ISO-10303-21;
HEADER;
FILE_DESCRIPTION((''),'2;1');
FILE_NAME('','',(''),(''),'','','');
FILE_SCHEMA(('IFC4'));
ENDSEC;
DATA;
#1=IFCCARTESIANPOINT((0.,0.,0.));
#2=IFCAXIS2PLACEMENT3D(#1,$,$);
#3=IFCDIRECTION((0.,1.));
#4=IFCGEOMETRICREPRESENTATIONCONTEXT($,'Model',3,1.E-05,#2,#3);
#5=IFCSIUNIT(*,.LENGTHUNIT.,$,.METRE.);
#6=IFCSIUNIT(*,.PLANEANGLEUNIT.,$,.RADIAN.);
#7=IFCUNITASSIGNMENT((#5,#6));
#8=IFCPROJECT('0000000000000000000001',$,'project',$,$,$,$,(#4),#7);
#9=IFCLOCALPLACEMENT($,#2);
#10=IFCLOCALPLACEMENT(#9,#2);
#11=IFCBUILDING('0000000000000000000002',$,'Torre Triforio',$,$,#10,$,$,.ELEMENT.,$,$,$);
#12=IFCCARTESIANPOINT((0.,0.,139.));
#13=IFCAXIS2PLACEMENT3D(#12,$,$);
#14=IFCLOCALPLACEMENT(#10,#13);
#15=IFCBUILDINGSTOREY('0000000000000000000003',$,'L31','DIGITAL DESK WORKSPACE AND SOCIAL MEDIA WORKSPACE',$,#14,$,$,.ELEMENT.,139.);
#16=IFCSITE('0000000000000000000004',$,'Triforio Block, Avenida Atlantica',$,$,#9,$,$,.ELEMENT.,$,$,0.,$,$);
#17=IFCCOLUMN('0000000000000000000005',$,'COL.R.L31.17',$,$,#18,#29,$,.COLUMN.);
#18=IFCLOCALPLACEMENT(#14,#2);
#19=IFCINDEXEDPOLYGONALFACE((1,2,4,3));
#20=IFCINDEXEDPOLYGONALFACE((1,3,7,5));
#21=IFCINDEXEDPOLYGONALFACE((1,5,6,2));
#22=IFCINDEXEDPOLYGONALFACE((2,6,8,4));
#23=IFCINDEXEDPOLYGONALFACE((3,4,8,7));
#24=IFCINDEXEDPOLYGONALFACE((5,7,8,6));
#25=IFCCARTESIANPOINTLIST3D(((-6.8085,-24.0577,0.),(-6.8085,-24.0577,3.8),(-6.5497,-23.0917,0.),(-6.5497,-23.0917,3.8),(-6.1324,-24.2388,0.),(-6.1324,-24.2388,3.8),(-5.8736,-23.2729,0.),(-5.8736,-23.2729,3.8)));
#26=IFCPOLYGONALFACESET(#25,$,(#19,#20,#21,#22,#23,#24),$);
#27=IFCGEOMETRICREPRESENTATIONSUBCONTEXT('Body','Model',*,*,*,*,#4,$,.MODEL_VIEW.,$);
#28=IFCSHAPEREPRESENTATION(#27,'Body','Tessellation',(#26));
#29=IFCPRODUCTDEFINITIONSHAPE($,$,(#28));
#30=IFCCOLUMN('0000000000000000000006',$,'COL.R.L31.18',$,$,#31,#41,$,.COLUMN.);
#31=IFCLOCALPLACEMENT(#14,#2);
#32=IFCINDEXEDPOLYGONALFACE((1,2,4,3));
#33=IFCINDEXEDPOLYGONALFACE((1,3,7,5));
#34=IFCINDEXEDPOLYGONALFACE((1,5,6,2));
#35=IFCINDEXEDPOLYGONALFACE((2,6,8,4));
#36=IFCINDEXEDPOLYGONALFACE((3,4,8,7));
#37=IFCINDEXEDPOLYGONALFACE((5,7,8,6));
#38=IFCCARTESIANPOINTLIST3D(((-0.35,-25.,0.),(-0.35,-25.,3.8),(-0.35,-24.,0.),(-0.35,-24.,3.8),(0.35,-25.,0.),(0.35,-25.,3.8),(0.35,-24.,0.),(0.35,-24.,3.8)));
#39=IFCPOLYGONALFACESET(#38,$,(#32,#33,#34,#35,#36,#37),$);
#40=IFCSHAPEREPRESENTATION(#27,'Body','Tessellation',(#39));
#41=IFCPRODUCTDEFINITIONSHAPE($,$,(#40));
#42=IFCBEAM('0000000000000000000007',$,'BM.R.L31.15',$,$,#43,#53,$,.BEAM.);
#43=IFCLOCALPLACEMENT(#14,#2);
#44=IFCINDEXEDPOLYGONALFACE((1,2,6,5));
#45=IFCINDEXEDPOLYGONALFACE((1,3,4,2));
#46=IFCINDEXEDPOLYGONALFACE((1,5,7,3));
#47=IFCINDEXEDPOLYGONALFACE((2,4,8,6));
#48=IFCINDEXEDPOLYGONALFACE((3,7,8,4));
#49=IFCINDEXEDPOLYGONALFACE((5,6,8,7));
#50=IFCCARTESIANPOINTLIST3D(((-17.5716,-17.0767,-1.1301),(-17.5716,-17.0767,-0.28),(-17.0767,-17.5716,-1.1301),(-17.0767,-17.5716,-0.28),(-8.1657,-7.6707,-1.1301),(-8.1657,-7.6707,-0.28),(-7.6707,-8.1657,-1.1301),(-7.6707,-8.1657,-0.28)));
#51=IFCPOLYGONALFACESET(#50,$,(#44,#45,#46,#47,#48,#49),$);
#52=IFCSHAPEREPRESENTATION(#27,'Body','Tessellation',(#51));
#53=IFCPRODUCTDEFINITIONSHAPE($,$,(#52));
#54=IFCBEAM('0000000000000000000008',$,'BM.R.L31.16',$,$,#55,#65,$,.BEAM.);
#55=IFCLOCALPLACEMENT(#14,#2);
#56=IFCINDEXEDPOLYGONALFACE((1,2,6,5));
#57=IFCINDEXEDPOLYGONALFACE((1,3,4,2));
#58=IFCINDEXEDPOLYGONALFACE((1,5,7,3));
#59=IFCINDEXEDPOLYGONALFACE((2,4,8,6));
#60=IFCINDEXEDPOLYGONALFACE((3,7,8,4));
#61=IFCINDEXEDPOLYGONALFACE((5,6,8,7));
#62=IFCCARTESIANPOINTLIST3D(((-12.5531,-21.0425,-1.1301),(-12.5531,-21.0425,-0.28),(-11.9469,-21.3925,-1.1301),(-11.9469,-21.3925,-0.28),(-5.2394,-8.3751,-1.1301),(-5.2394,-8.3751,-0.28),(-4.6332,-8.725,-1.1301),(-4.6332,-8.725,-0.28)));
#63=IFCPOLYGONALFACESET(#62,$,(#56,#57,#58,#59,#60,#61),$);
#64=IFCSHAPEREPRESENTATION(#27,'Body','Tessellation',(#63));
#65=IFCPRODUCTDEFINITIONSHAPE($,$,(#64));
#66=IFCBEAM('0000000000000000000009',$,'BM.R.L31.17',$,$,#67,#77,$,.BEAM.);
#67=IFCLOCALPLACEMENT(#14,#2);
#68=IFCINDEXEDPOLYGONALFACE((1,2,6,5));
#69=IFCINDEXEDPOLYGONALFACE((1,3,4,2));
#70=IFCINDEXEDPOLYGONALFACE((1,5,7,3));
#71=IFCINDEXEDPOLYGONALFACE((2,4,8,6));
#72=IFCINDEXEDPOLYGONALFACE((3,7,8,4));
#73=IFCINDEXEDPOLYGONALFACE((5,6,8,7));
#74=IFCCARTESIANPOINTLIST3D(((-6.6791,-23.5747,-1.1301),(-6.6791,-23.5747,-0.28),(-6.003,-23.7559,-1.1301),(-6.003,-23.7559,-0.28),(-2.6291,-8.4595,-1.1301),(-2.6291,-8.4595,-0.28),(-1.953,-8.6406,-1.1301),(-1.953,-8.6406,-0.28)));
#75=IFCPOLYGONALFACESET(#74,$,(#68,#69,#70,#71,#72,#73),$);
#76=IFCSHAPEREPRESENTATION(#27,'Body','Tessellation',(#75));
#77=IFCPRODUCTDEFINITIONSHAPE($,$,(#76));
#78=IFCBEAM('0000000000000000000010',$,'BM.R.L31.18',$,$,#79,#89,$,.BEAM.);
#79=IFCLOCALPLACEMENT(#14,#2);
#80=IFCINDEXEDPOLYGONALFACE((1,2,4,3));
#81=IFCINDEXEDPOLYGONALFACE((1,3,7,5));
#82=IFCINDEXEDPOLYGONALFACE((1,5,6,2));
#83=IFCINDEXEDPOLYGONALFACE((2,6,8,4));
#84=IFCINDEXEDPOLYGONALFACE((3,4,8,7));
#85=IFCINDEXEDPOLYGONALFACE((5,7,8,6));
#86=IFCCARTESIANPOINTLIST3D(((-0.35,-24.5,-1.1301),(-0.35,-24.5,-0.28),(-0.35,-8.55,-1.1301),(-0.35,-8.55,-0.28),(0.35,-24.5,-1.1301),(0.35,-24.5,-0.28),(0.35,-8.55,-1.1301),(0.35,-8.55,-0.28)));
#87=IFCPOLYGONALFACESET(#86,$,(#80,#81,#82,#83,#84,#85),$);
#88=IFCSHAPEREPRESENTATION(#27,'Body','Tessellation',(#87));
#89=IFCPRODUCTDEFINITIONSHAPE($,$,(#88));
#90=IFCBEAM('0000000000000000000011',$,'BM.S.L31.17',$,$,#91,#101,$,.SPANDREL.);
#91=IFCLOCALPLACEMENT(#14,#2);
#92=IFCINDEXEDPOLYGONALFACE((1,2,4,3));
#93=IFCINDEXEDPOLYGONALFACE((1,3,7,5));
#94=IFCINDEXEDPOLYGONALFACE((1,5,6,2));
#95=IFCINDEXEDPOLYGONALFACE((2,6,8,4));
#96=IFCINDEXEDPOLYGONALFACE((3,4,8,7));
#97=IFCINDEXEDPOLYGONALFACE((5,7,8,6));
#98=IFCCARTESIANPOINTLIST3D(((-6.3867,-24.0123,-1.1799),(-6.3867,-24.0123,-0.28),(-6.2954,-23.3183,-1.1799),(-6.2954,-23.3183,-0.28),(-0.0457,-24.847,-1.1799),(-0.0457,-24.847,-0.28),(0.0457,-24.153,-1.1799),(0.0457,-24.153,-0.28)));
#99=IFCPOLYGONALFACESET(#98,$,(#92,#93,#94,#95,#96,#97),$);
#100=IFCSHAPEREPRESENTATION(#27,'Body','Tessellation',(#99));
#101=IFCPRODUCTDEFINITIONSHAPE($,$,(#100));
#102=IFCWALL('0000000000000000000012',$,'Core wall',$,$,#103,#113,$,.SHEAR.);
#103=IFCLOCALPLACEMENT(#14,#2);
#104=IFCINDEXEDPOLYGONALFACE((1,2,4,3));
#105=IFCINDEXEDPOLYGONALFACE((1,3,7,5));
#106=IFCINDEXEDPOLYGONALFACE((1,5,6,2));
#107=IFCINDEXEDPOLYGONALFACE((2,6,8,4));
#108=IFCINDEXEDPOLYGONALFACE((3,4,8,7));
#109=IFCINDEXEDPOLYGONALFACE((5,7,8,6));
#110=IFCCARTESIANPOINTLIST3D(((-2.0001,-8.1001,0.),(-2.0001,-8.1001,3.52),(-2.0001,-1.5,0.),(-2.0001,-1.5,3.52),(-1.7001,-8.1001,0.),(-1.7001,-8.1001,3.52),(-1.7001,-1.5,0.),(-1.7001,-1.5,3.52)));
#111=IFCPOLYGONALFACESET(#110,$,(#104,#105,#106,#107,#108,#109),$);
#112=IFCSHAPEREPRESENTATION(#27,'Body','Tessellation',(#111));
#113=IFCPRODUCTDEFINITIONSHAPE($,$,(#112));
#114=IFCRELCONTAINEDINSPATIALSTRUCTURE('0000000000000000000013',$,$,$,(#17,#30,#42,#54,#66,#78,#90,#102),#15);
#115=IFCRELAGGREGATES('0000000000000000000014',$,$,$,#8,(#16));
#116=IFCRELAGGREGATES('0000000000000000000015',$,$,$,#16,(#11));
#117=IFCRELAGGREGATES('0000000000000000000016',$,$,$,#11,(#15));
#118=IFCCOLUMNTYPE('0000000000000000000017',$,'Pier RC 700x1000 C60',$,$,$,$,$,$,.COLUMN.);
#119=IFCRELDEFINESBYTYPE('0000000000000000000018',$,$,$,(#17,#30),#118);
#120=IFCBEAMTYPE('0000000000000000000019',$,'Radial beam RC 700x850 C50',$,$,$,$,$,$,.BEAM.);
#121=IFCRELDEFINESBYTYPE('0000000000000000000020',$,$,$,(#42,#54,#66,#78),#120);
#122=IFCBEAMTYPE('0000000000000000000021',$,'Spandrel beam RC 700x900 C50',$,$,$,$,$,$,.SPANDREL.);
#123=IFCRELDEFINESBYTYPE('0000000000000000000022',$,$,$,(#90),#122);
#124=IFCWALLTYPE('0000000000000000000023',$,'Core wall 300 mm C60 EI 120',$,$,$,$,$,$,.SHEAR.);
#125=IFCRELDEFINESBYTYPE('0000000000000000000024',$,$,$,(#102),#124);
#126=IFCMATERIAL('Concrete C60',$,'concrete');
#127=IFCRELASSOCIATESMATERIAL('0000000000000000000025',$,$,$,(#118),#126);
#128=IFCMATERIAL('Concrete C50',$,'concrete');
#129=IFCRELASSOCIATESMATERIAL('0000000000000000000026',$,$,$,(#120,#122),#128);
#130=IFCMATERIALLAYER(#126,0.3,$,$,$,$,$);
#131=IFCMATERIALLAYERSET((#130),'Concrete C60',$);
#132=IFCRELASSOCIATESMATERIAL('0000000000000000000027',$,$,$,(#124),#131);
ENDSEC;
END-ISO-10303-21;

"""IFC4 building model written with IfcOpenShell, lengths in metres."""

from ifc_helpers import new_model, si_unit, direction, frame, frame_2d, origin, origin_2d, place, context, subcontext, project, spatial, rectangle, extrude, material, layer, layer_set, material_profile, profile_set, type_object, element, save


model = new_model("IFC4")

# Units and contexts
model_context = context("Model", 3, precision=1e-05, world=origin(), true_north=direction((0.0, 1.0)))
body_context = subcontext(model_context, "Body", "Model", "MODEL_VIEW")
ifc_project = project(units=[si_unit("LENGTHUNIT", "METRE"), si_unit("PLANEANGLEUNIT", "RADIAN")], contexts=[model_context])

# Site, building, storey
site_placement = place(None, origin())
site = spatial("IfcSite", under=ifc_project, at=site_placement, Name="Triforio Block, Avenida Atlantica", CompositionType="ELEMENT", RefElevation=0.0)
building_placement = place(site_placement, origin())
building = spatial("IfcBuilding", under=site, at=building_placement, Name="Torre Triforio", CompositionType="ELEMENT")
storey_placement = place(building_placement, frame((0.0, 0.0, 139.0)))
storey = spatial("IfcBuildingStorey", under=building, at=storey_placement, Name="L31", Description="DIGITAL DESK WORKSPACE AND SOCIAL MEDIA WORKSPACE", CompositionType="ELEMENT", Elevation=139.0)

# Columns
ifc_material_1 = material(Name="Concrete C60", Category="concrete")
ifc_material_profile_1 = material_profile(ifc_material_1, rectangle(XDim=0.7, YDim=1.0, at=origin_2d()), Name="RC 700x1000")
ifc_profile_set_1 = profile_set([ifc_material_profile_1], Name="Concrete C60")
column_type = type_object("IfcColumnType", Name="Pier RC 700x1000 C60", PredefinedType="COLUMN", material=ifc_profile_set_1)
for number, where, z_axis, x_axis, name in (
    (1, (-6.3411, -23.6653, 0.0), (0.0, 0.0, 1.0), (0.965926, -0.258819, 0.0), "COL.R.L31.17"),
    (2, (0.0, -24.5, 0.0), (0.0, 0.0, 1.0), (1.0, 0.0, 0.0), "COL.R.L31.18"),
):
    element("IfcColumn", number, at=place(storey_placement, frame(where, z_axis=z_axis, x_axis=x_axis)), inside=storey, type_object=column_type, Name=name, PredefinedType="COLUMN", context=body_context, shape_type="SweptSolid", body=[
        extrude(rectangle(XDim=0.7, YDim=1.0, at=origin_2d()), origin(), (0.0, 0.0, 1.0), 3.8),
    ])

# Beams
ifc_material_2 = material(Name="Concrete C50", Category="concrete")
ifc_material_profile_2 = material_profile(ifc_material_2, rectangle(XDim=0.7, YDim=0.8501, at=origin_2d()), Name="RC 700x850")
ifc_profile_set_2 = profile_set([ifc_material_profile_2], Name="Concrete C50")
beam_type_1 = type_object("IfcBeamType", Name="Radial beam RC 700x850 C50", PredefinedType="BEAM", material=ifc_profile_set_2)
beam_1_placement = place(storey_placement, frame((-7.9182, -7.9182, -0.7051), z_axis=(-0.707107, -0.707107, 0.0), x_axis=(0.707107, -0.707107, 0.0)))
element("IfcBeam", 3, at=beam_1_placement, inside=storey, type_object=beam_type_1, Name="BM.R.L31.15", PredefinedType="BEAM", context=body_context, shape_type="SweptSolid", body=[
    extrude(rectangle(XDim=0.7, YDim=0.8501, at=origin_2d()), origin(), (0.0, 0.0, 1.0), 13.302),
])
beam_2_placement = place(storey_placement, frame((-4.9363, -8.55, -0.7051), z_axis=(-0.500008, -0.866021, 0.0), x_axis=(0.866021, -0.500008, 0.0)))
element("IfcBeam", 4, at=beam_2_placement, inside=storey, type_object=beam_type_1, Name="BM.R.L31.16", PredefinedType="BEAM", context=body_context, shape_type="SweptSolid", body=[
    extrude(rectangle(XDim=0.7, YDim=0.8501, at=origin_2d()), origin(), (0.0, 0.0, 1.0), 14.6272),
])
beam_3_placement = place(storey_placement, frame((-2.291, -8.55, -0.7051), z_axis=(-0.258815, -0.965927, 0.0), x_axis=(0.965927, -0.258815, 0.0)))
element("IfcBeam", 5, at=beam_3_placement, inside=storey, type_object=beam_type_1, Name="BM.R.L31.17", PredefinedType="BEAM", context=body_context, shape_type="SweptSolid", body=[
    extrude(rectangle(XDim=0.7, YDim=0.8501, at=origin_2d()), origin(), (0.0, 0.0, 1.0), 15.6484),
])
beam_4_placement = place(storey_placement, frame((0.0, -8.55, -0.7051), z_axis=(0.0, -1.0, 0.0), x_axis=(1.0, 0.0, 0.0)))
element("IfcBeam", 6, at=beam_4_placement, inside=storey, type_object=beam_type_1, Name="BM.R.L31.18", PredefinedType="BEAM", context=body_context, shape_type="SweptSolid", body=[
    extrude(rectangle(XDim=0.7, YDim=0.8501, at=origin_2d()), origin(), (0.0, 0.0, 1.0), 15.95),
])
ifc_material_profile_3 = material_profile(ifc_material_2, rectangle(XDim=0.7, YDim=0.8999, at=origin_2d()), Name="RC 700x900")
ifc_profile_set_3 = profile_set([ifc_material_profile_3], Name="Concrete C50")
beam_type_2 = type_object("IfcBeamType", Name="Spandrel beam RC 700x900 C50", PredefinedType="SPANDREL", material=ifc_profile_set_3)
beam_5_placement = place(storey_placement, frame((-6.3411, -23.6653, -0.73), z_axis=(0.991447, -0.130511, 0.0), x_axis=(0.130511, 0.991447, 0.0)))
element("IfcBeam", 7, at=beam_5_placement, inside=storey, type_object=beam_type_2, Name="BM.S.L31.17", PredefinedType="SPANDREL", context=body_context, shape_type="SweptSolid", body=[
    extrude(rectangle(XDim=0.7, YDim=0.8999, at=origin_2d()), origin(), (0.0, 0.0, 1.0), 6.3958),
])

# Wall
ifc_layer_1 = layer(ifc_material_1, 0.3)
ifc_layer_set_1 = layer_set([ifc_layer_1], Name="Concrete C60")
wall_type_1 = type_object("IfcWallType", Name="Core wall 300 mm C60 EI 120", PredefinedType="SHEAR", material=ifc_layer_set_1)
wall_1_placement = place(storey_placement, frame((-1.8501, -8.1001, 0.0), z_axis=(0.0, 0.0, 1.0), x_axis=(0.0, 1.0, 0.0)))
element("IfcWall", 8, at=wall_1_placement, inside=storey, type_object=wall_type_1, Name="Core wall", PredefinedType="SHEAR", context=body_context, shape_type="SweptSolid", body=[
    extrude(rectangle(XDim=6.6001, YDim=0.3, at=frame_2d((3.3, 0.0))), origin(), (0.0, 0.0, 1.0), 3.52),
])

save(model, "model.ifc")
